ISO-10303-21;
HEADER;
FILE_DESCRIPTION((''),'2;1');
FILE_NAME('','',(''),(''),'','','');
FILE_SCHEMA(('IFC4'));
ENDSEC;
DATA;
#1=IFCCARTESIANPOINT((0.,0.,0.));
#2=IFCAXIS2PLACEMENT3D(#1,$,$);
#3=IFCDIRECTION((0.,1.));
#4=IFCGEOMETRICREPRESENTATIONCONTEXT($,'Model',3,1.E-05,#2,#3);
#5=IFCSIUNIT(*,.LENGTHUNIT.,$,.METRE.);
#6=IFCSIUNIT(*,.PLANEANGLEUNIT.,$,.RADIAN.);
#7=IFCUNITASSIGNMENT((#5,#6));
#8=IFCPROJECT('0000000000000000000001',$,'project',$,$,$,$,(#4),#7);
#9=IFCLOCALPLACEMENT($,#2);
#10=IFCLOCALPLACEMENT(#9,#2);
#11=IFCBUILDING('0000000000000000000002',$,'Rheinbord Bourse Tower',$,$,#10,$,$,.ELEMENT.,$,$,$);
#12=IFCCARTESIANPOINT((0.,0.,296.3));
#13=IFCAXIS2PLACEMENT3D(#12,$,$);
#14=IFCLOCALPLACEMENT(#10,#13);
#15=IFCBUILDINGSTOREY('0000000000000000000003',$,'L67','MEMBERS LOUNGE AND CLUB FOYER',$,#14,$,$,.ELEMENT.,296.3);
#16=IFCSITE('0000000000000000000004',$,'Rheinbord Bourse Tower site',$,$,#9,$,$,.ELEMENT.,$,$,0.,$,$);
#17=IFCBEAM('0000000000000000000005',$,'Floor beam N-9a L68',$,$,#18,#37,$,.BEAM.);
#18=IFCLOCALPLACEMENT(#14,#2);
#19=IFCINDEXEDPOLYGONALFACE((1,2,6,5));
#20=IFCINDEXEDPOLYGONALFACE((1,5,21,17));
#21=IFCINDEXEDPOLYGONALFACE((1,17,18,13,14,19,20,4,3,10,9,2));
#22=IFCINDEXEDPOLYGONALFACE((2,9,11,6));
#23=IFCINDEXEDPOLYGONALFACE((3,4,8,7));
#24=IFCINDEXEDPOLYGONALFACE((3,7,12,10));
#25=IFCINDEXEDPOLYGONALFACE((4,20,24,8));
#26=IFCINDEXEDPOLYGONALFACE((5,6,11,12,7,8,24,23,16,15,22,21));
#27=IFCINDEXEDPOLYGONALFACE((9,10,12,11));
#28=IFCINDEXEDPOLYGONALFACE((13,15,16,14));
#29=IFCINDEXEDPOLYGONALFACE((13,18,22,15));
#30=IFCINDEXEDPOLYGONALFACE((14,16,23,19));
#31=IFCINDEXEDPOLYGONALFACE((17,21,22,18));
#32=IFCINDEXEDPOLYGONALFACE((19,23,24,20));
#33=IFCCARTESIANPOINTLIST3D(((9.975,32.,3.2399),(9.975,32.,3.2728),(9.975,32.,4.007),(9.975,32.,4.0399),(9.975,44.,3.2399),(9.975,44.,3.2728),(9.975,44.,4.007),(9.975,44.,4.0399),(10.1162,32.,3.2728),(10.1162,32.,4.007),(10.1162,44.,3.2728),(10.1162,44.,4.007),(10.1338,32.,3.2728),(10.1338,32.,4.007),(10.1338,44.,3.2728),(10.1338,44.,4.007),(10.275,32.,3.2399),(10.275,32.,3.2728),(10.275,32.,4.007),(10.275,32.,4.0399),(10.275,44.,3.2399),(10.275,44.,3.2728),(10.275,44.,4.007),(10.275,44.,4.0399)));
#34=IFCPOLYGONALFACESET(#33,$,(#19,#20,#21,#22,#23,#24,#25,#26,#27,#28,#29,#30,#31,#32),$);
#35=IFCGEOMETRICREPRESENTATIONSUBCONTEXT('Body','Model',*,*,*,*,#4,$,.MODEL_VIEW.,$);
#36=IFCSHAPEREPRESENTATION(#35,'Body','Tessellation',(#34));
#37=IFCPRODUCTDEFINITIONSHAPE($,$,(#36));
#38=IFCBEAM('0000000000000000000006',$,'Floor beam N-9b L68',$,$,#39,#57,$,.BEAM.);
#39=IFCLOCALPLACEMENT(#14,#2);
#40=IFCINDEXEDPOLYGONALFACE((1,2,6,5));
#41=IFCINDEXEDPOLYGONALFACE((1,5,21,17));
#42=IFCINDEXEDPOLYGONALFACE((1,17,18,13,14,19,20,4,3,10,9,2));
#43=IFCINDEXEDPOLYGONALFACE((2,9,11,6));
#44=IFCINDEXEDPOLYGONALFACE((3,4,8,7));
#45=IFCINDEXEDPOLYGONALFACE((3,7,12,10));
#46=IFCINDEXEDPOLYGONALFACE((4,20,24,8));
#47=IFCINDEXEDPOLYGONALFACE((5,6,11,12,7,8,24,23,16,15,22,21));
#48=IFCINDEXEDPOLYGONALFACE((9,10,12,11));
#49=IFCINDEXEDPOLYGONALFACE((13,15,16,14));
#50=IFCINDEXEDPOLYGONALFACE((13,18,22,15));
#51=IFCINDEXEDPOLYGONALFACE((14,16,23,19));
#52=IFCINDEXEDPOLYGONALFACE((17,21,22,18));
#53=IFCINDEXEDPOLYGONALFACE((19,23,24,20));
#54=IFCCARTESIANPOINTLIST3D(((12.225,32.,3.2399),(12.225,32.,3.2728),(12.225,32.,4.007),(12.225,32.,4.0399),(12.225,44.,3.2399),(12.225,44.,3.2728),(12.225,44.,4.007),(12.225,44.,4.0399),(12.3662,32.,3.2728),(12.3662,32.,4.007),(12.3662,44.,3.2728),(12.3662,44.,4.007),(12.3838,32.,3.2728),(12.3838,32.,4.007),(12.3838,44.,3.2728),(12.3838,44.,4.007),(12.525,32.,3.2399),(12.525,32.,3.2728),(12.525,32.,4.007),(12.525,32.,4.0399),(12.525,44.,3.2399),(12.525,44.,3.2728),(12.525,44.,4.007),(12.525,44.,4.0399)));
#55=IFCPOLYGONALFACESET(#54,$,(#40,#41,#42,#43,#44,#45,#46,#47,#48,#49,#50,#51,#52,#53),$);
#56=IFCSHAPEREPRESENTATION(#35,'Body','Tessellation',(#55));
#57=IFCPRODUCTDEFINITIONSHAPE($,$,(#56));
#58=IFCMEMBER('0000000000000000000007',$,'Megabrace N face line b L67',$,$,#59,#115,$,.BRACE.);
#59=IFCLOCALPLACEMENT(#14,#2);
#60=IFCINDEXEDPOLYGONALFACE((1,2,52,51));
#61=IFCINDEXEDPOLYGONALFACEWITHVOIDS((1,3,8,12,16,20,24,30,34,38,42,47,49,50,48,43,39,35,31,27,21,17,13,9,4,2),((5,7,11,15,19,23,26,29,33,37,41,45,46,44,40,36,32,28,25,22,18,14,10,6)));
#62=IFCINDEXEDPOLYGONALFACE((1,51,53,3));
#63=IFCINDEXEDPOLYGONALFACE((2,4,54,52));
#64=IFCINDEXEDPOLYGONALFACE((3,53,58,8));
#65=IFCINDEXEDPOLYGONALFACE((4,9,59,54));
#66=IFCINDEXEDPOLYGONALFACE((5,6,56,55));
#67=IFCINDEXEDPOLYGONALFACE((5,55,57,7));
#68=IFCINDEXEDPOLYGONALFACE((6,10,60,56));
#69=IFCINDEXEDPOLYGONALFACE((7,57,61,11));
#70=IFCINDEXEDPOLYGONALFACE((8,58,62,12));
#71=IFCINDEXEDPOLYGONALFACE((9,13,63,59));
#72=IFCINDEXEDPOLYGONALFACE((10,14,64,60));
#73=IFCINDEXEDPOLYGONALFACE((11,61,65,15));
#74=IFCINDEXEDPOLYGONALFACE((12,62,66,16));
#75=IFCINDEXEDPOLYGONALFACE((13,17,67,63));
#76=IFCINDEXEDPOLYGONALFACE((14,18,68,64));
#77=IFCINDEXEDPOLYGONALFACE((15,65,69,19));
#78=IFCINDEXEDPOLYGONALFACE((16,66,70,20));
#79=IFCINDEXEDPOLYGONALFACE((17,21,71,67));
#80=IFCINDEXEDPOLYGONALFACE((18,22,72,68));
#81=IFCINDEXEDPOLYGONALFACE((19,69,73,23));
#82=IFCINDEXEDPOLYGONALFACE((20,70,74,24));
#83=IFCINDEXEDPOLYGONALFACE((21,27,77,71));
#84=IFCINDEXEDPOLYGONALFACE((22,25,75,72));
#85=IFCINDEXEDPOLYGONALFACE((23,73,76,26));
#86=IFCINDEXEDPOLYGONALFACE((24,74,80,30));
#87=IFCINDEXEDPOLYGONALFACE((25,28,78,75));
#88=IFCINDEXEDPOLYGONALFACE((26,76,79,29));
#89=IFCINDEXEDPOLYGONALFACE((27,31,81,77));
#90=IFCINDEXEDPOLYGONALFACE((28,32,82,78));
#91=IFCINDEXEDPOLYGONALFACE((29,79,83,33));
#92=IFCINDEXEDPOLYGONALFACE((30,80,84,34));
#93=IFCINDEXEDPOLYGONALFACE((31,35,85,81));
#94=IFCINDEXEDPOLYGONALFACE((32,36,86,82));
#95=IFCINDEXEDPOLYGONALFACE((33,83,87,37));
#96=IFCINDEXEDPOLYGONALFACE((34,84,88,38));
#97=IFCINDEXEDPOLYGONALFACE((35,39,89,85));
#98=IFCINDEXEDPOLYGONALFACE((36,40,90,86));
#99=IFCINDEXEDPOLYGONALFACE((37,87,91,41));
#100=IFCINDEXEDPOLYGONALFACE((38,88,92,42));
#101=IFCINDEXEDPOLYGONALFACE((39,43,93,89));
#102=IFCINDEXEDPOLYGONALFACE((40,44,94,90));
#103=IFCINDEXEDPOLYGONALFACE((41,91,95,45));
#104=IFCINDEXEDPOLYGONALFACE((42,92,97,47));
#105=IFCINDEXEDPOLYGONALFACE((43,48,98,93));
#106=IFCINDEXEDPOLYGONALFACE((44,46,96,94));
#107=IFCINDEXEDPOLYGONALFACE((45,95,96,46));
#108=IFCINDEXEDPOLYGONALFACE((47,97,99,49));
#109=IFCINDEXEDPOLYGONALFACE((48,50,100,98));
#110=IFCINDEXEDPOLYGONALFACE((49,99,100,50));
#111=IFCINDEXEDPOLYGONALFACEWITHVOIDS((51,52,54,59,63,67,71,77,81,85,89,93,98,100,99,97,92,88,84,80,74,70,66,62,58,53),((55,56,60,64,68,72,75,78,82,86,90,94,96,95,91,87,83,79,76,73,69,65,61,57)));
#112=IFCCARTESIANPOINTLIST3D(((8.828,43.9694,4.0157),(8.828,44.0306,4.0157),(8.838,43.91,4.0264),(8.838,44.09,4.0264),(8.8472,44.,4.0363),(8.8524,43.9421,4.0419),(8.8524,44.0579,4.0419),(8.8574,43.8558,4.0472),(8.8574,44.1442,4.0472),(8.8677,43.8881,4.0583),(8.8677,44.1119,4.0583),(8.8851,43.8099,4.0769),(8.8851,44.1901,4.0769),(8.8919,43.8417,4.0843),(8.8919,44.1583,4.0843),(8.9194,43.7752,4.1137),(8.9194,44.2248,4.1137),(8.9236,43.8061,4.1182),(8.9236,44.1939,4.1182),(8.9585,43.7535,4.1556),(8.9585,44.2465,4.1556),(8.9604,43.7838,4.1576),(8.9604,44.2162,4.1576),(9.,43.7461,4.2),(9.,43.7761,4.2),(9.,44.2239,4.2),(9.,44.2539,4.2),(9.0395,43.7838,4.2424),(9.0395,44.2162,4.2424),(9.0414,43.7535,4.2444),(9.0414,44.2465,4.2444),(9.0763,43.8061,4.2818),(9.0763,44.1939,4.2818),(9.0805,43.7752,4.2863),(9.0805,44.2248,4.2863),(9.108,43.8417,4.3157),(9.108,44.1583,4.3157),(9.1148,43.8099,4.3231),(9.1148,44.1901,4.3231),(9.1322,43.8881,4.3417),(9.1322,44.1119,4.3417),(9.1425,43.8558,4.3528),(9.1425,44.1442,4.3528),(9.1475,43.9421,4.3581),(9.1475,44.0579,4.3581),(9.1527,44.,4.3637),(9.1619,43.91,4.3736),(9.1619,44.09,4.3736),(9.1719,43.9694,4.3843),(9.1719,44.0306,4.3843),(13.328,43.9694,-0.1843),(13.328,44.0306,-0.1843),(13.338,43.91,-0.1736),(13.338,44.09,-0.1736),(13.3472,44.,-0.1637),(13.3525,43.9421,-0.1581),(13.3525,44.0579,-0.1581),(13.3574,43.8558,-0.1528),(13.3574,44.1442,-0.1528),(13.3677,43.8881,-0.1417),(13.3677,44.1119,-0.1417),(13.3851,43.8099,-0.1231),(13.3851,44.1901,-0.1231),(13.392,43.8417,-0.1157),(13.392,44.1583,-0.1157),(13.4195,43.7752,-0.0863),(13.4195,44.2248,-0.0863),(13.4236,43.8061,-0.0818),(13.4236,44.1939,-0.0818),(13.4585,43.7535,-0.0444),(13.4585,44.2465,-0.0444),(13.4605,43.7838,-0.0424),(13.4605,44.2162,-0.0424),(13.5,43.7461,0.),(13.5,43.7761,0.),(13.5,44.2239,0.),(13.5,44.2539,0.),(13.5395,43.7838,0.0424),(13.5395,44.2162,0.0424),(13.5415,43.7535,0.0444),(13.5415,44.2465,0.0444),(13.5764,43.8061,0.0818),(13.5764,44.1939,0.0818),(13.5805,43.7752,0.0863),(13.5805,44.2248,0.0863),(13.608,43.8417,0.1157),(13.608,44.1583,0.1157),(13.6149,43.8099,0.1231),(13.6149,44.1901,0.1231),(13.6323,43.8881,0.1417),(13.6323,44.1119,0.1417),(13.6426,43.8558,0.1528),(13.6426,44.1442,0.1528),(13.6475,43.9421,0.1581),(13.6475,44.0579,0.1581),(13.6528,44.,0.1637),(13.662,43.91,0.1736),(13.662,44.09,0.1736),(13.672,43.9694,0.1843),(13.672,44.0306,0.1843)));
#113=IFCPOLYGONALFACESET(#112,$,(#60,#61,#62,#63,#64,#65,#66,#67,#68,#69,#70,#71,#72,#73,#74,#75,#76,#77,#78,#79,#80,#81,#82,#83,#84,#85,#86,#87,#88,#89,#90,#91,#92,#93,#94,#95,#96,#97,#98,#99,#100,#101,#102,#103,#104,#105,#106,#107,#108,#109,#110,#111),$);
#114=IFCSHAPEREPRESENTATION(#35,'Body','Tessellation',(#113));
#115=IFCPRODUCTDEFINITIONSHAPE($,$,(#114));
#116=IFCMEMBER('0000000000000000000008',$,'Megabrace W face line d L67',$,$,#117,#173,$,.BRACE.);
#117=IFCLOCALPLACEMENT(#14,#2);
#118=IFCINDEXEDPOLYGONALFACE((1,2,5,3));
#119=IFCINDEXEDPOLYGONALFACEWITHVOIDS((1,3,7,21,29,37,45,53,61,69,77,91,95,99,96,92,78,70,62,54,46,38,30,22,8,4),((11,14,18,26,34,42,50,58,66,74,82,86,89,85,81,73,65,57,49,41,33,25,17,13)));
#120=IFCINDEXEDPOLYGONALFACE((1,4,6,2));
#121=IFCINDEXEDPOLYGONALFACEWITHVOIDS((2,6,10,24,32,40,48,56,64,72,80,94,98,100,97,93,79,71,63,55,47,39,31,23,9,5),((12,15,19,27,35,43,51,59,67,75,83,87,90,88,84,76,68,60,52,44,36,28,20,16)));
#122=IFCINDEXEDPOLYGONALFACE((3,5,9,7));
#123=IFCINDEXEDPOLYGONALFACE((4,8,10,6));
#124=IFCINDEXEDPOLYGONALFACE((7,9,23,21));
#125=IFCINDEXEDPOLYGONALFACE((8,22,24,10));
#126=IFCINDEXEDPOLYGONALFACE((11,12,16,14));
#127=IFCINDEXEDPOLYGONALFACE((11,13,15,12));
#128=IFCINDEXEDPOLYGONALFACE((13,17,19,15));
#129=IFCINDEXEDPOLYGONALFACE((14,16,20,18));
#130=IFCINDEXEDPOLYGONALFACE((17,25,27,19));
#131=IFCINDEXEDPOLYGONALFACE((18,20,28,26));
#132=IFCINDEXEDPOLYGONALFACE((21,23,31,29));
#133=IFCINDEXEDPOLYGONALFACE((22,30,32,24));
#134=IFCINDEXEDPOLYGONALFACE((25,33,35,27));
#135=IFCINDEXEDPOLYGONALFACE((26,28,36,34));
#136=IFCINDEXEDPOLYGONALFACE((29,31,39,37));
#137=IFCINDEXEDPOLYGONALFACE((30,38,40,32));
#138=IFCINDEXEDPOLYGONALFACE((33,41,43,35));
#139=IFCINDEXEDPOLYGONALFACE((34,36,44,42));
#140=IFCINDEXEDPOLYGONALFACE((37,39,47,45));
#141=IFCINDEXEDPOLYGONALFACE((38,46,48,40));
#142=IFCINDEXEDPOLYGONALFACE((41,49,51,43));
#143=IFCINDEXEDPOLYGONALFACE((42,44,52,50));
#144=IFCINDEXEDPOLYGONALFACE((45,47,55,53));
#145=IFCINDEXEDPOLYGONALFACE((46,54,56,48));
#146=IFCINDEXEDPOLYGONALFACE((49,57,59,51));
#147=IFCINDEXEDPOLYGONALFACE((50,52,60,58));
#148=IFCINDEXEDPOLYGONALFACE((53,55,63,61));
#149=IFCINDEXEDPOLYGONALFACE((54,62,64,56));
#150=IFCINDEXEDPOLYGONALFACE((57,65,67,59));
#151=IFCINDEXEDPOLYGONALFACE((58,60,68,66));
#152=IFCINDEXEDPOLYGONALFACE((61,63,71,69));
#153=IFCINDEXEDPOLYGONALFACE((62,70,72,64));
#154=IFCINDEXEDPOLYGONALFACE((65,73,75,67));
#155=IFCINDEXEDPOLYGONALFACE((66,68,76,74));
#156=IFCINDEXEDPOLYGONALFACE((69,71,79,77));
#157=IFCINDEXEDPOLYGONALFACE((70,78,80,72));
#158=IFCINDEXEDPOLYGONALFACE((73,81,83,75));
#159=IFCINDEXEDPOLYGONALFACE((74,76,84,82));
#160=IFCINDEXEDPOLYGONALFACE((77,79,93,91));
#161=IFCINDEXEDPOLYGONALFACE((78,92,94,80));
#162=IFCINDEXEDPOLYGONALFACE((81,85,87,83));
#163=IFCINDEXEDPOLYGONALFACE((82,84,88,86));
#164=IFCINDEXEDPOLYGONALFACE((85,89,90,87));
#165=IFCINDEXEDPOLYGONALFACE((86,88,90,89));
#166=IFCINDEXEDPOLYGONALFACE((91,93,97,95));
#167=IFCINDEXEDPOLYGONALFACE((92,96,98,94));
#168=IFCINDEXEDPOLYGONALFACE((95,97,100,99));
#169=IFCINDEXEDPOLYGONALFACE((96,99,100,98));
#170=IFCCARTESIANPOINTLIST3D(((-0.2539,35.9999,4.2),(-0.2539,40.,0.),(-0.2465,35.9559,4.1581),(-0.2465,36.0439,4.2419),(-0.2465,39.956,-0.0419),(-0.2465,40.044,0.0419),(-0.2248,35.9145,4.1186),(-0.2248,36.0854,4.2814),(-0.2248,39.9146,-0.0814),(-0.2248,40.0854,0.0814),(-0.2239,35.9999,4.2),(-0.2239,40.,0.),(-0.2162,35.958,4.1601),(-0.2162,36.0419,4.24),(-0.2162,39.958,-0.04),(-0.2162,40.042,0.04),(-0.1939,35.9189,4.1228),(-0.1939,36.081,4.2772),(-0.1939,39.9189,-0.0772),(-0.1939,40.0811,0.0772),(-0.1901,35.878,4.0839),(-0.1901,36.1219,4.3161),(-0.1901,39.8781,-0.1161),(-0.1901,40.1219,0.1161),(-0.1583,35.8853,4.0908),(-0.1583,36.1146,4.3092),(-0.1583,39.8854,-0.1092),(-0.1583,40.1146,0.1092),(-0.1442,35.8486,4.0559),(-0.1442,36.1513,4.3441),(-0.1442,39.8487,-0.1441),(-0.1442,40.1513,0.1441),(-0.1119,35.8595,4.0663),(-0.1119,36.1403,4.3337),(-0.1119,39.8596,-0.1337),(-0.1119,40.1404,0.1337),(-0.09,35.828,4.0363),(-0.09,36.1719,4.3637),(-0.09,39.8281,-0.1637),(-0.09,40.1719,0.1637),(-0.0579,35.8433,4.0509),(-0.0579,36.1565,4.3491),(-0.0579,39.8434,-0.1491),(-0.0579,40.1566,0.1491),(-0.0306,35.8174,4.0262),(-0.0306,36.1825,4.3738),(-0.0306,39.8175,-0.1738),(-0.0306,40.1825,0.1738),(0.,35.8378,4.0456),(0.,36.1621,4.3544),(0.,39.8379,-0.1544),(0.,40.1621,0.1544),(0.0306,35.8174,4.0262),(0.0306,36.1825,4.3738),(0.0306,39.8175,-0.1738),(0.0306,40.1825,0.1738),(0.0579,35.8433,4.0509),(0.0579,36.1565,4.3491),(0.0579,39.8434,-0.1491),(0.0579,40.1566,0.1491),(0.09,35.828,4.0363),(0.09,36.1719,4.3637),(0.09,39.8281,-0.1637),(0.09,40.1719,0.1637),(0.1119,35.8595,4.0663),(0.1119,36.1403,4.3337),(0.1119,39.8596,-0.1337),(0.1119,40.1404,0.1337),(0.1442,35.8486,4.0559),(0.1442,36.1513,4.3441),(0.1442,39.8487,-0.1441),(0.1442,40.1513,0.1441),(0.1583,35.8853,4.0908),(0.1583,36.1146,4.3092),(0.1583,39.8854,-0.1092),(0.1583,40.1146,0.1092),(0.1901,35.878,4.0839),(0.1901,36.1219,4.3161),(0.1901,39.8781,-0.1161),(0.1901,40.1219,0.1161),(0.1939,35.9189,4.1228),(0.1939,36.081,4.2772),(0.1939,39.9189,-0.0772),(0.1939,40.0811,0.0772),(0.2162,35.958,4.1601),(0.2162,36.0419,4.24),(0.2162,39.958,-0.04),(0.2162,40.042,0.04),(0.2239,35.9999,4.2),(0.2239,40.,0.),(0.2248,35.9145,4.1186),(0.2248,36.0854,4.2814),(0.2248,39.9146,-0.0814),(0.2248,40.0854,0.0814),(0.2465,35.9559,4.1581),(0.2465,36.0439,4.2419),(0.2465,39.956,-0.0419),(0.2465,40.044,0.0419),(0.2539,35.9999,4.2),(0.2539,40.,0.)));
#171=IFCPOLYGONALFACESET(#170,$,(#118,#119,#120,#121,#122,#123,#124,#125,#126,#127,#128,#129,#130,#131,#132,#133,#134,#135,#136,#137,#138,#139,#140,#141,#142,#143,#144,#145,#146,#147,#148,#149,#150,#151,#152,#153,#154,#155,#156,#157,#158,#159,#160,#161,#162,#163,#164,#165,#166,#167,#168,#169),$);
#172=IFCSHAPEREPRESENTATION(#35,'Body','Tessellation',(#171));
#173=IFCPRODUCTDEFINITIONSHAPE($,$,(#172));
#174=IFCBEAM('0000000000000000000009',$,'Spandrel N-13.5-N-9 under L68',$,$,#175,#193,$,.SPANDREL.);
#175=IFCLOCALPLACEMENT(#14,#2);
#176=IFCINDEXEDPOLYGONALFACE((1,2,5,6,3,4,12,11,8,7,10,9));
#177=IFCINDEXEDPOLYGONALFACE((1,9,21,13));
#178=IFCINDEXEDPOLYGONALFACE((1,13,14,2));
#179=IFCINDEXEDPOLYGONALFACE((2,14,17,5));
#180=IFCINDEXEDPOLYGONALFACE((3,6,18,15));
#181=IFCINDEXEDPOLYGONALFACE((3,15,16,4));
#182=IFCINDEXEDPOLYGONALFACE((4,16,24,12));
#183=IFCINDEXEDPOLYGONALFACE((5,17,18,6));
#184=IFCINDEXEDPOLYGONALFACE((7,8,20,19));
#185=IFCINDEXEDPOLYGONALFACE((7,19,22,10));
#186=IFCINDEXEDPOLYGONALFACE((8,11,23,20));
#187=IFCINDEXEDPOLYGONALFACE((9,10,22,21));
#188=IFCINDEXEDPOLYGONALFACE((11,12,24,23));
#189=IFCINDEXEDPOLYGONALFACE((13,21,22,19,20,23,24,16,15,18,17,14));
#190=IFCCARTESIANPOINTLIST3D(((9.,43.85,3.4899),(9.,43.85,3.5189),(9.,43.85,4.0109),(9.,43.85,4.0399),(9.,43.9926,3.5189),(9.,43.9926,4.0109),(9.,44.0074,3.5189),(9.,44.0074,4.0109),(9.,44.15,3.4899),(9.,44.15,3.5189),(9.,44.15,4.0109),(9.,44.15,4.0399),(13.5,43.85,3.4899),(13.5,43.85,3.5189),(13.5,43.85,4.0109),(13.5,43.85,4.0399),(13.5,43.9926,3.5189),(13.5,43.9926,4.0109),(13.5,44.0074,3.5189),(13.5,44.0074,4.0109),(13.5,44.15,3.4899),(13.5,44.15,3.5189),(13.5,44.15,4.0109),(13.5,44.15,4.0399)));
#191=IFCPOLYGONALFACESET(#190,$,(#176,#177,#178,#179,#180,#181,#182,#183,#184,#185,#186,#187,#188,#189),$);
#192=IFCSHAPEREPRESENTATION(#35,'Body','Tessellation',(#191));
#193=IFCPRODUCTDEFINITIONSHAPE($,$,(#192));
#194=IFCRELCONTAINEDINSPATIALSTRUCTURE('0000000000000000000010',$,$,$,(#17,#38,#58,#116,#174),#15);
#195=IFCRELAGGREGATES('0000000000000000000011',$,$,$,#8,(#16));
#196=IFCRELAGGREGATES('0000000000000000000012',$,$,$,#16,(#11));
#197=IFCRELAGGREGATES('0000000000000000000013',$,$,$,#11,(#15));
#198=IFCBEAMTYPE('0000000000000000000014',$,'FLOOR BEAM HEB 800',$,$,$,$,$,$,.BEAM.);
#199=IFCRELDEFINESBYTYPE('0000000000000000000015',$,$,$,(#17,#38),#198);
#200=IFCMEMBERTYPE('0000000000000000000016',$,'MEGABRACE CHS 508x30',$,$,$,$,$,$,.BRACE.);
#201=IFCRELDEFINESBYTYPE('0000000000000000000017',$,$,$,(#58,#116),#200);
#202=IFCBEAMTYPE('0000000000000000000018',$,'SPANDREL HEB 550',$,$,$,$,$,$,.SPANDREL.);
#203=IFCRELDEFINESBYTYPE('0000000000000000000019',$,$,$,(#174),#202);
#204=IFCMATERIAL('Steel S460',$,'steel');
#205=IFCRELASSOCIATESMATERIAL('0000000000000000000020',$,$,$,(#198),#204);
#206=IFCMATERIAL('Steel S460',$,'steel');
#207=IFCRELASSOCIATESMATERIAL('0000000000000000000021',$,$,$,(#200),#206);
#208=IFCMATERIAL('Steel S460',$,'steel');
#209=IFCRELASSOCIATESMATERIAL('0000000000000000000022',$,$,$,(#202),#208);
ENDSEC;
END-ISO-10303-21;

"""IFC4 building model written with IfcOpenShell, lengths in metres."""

from ifc_helpers import new_model, si_unit, direction, frame, origin, origin_2d, place, context, subcontext, project, spatial, hollow_circle, i_section, extrude, material, material_profile, profile_set, type_object, element, save


model = new_model("IFC4")

# Units and contexts
model_context = context("Model", 3, precision=1e-05, world=origin(), true_north=direction((0.0, 1.0)))
body_context = subcontext(model_context, "Body", "Model", "MODEL_VIEW")
ifc_project = project(units=[si_unit("LENGTHUNIT", "METRE"), si_unit("PLANEANGLEUNIT", "RADIAN")], contexts=[model_context])

# Site, building, storey
site_placement = place(None, origin())
site = spatial("IfcSite", under=ifc_project, at=site_placement, Name="Rheinbord Bourse Tower site", CompositionType="ELEMENT", RefElevation=0.0)
building_placement = place(site_placement, origin())
building = spatial("IfcBuilding", under=site, at=building_placement, Name="Rheinbord Bourse Tower", CompositionType="ELEMENT")
storey_placement = place(building_placement, frame((0.0, 0.0, 296.3)))
storey = spatial("IfcBuildingStorey", under=building, at=storey_placement, Name="L67", Description="MEMBERS LOUNGE AND CLUB FOYER", CompositionType="ELEMENT", Elevation=296.3)

# Beams
ifc_material_1 = material(Name="Steel S460", Category="steel")
ifc_material_profile_1 = material_profile(ifc_material_1, i_section(OverallWidth=0.3, OverallDepth=0.8, WebThickness=0.0176, FlangeThickness=0.033, at=origin_2d()), Name="HEB 800")
ifc_profile_set_1 = profile_set([ifc_material_profile_1], Name="Steel S460")
beam_type_1 = type_object("IfcBeamType", Name="FLOOR BEAM HEB 800", PredefinedType="BEAM", material=ifc_profile_set_1)
for number, where, z_axis, x_axis, name in (
    (1, (10.125, 44.0, 3.6399), (0.0, -1.0, 0.0), (1.0, 0.0, 0.0), "Floor beam N-9a L68"),
    (2, (12.375, 44.0, 3.6399), (0.0, -1.0, 0.0), (1.0, 0.0, 0.0), "Floor beam N-9b L68"),
):
    element("IfcBeam", number, at=place(storey_placement, frame(where, z_axis=z_axis, x_axis=x_axis)), inside=storey, type_object=beam_type_1, Name=name, PredefinedType="BEAM", context=body_context, shape_type="SweptSolid", body=[
        extrude(i_section(OverallWidth=0.3, OverallDepth=0.8, WebThickness=0.0176, FlangeThickness=0.033, at=origin_2d()), origin(), (0.0, 0.0, 1.0), 12.0),
    ])

# Members
ifc_material_2 = material(Name="Steel S460", Category="steel")
ifc_material_profile_2 = material_profile(ifc_material_2, hollow_circle(Radius=0.2539, WallThickness=0.03, at=origin_2d()), Name="CHS 508x30")
ifc_profile_set_2 = profile_set([ifc_material_profile_2], Name="Steel S460")
member_type_1 = type_object("IfcMemberType", Name="MEGABRACE CHS 508x30", PredefinedType="BRACE", material=ifc_profile_set_2)
member_1_placement = place(storey_placement, frame((13.5, 44.0, 0.0), z_axis=(-0.731059, 0.0, 0.682314), x_axis=(0.0, -1.0, 0.0)))
element("IfcMember", 3, at=member_1_placement, inside=storey, type_object=member_type_1, Name="Megabrace N face line b L67", PredefinedType="BRACE", context=body_context, shape_type="SweptSolid", body=[
    extrude(hollow_circle(Radius=0.2539, WallThickness=0.03, at=origin_2d()), origin(), (0.0, 0.0, 1.0), 6.1555),
])
member_2_placement = place(storey_placement, frame((0.0, 40.0, 0.0), z_axis=(0.0, -0.689659, 0.724134), x_axis=(1.0, 0.0, 0.0)))
element("IfcMember", 4, at=member_2_placement, inside=storey, type_object=member_type_1, Name="Megabrace W face line d L67", PredefinedType="BRACE", context=body_context, shape_type="SweptSolid", body=[
    extrude(hollow_circle(Radius=0.2539, WallThickness=0.03, at=origin_2d()), origin(), (0.0, 0.0, 1.0), 5.8),
])

# Beam
ifc_material_3 = material(Name="Steel S460", Category="steel")
ifc_material_profile_3 = material_profile(ifc_material_3, i_section(OverallWidth=0.3, OverallDepth=0.55, WebThickness=0.0149, FlangeThickness=0.0291, at=origin_2d()), Name="HEB 550")
ifc_profile_set_3 = profile_set([ifc_material_profile_3], Name="Steel S460")
beam_type_2 = type_object("IfcBeamType", Name="SPANDREL HEB 550", PredefinedType="SPANDREL", material=ifc_profile_set_3)
for number, where, z_axis, x_axis, name in (
    (5, (13.5, 44.0, 3.7649), (-1.0, 0.0, 0.0), (0.0, -1.0, 0.0), "Spandrel N-13.5-N-9 under L68"),
):
    element("IfcBeam", number, at=place(storey_placement, frame(where, z_axis=z_axis, x_axis=x_axis)), inside=storey, type_object=beam_type_2, Name=name, PredefinedType="SPANDREL", context=body_context, shape_type="SweptSolid", body=[
        extrude(i_section(OverallWidth=0.3, OverallDepth=0.55, WebThickness=0.0149, FlangeThickness=0.0291, at=origin_2d()), origin(), (0.0, 0.0, 1.0), 4.5),
    ])

save(model, "model.ifc")
